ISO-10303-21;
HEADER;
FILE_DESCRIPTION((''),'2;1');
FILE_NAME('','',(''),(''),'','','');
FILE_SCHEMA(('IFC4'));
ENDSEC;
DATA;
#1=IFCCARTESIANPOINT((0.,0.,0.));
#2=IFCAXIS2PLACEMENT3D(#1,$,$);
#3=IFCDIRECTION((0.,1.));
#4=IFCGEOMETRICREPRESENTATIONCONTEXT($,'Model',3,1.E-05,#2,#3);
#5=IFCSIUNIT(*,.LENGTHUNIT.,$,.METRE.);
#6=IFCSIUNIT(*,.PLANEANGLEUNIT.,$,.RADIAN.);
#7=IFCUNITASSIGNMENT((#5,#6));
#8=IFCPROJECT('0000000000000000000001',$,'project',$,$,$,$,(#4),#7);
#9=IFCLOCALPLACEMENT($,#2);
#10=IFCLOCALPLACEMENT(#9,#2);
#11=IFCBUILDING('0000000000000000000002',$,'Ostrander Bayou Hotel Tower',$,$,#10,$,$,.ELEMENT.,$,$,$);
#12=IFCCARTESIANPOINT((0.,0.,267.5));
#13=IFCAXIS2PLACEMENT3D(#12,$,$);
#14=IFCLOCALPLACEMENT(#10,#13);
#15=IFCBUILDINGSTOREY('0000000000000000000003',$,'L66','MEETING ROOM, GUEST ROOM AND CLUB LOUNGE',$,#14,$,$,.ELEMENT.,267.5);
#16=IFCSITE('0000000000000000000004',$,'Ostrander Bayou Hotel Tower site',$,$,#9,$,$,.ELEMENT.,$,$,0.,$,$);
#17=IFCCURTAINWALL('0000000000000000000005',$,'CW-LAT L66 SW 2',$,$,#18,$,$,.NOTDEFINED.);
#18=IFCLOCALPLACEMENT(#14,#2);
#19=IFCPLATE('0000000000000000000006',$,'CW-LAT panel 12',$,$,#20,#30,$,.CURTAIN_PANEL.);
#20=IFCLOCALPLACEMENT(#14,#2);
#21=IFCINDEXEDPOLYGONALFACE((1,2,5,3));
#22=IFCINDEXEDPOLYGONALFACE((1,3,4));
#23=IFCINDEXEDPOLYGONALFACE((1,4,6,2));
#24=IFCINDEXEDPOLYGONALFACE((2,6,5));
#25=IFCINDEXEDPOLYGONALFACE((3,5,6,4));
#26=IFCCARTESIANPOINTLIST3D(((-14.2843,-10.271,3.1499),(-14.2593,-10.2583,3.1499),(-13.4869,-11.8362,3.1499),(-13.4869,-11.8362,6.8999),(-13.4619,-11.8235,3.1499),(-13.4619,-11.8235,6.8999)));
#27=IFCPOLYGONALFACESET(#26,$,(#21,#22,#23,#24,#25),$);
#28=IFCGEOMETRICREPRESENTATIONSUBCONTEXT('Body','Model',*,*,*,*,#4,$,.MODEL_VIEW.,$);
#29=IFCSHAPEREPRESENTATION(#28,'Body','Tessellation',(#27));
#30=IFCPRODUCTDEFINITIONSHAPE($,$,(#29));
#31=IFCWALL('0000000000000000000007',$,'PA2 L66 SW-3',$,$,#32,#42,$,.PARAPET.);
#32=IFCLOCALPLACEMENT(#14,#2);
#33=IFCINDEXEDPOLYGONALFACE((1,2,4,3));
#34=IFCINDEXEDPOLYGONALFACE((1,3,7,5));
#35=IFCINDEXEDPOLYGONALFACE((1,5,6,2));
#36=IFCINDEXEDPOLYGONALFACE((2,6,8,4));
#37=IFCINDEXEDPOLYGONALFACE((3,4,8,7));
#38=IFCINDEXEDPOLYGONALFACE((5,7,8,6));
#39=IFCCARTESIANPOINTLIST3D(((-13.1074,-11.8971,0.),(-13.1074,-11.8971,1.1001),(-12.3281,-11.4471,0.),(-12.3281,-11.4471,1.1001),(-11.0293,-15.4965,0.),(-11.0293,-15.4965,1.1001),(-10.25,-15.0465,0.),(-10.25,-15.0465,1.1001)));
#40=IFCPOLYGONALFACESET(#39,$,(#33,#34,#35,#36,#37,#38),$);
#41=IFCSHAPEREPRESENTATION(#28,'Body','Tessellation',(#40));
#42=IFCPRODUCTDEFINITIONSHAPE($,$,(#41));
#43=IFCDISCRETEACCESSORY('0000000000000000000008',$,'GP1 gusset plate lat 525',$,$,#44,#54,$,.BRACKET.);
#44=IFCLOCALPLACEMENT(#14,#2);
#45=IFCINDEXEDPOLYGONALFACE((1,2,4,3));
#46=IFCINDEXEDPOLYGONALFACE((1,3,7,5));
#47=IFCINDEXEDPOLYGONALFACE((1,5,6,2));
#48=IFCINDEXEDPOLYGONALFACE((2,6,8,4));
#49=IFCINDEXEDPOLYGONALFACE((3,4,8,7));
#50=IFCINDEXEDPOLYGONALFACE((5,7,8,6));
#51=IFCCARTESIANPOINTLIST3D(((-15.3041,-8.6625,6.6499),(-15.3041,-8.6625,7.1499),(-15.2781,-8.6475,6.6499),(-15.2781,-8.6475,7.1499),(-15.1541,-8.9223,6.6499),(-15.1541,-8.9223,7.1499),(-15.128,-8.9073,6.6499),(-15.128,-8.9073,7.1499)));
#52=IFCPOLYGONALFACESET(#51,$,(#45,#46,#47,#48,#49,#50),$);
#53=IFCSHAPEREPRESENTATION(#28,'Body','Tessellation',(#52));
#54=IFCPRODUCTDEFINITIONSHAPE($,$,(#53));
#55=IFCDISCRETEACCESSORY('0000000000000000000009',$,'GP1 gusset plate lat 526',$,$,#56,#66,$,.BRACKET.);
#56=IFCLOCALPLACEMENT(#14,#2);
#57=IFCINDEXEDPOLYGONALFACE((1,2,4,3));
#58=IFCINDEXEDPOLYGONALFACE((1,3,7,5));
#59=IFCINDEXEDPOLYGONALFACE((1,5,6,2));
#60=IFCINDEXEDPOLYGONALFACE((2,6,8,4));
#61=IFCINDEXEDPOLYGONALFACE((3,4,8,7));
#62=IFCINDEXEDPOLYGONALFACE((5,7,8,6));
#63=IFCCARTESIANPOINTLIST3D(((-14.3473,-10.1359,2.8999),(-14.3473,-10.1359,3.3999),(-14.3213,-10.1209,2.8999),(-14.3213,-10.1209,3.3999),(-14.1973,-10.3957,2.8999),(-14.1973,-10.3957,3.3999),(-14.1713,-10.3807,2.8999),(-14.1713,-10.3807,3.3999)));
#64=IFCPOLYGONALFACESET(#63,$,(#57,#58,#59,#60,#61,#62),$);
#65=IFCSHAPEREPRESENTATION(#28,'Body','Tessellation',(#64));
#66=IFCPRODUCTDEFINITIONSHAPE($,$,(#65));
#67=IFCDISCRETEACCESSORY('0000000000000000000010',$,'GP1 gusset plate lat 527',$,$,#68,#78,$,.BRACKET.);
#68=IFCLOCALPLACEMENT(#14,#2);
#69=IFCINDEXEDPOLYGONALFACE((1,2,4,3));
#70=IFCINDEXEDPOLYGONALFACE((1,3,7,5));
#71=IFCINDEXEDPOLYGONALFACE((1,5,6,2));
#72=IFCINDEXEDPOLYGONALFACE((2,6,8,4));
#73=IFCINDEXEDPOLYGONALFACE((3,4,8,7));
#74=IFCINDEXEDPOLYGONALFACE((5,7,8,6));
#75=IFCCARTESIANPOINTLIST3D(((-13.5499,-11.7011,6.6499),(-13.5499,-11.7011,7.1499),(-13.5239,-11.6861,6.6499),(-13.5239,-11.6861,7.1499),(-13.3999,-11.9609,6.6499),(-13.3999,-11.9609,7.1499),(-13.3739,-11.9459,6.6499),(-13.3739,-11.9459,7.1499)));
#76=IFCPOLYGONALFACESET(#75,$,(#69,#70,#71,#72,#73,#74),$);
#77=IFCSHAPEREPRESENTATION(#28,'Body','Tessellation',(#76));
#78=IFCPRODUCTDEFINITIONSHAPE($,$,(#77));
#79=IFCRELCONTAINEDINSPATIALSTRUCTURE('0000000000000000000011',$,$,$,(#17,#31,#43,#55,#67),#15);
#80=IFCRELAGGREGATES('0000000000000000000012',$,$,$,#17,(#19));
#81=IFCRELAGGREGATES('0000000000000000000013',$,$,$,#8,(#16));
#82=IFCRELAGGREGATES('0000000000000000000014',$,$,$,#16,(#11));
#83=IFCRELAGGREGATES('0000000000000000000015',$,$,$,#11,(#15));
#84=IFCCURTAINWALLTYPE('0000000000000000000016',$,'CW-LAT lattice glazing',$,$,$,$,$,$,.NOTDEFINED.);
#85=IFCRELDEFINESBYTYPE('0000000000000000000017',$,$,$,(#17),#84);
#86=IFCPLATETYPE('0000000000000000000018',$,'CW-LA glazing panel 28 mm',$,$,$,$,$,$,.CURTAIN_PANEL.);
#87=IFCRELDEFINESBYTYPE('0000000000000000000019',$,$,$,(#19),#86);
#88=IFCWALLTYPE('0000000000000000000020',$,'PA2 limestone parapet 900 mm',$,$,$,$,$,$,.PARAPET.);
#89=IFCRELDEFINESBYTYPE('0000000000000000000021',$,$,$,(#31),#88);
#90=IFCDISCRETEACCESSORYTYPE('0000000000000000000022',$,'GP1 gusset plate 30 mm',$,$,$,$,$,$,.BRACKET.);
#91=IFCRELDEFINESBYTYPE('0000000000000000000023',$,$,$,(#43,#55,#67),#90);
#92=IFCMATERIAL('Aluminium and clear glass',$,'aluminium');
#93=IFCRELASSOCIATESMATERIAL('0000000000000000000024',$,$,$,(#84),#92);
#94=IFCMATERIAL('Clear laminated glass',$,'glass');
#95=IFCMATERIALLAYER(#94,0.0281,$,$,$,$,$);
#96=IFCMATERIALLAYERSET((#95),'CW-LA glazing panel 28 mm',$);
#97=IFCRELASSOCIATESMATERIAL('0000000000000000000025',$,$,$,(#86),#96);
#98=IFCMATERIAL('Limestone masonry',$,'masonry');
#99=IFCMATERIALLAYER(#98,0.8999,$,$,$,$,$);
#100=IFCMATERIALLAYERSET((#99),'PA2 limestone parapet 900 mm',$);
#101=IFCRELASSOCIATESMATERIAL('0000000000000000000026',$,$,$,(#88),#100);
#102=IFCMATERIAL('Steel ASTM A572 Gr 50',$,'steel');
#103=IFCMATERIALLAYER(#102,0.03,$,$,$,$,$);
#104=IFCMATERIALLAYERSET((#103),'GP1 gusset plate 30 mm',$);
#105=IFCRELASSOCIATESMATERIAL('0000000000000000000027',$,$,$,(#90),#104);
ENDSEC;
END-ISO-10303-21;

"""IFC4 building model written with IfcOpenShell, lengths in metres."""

from ifc_helpers import new_model, si_unit, direction, frame, frame_2d, origin, origin_2d, place, context, subcontext, project, spatial, polyline, rectangle, outline, extrude, material, layer, layer_set, type_object, element, aggregate, save


model = new_model("IFC4")

# Units and contexts
model_context = context("Model", 3, precision=1e-05, world=origin(), true_north=direction((0.0, 1.0)))
body_context = subcontext(model_context, "Body", "Model", "MODEL_VIEW")
ifc_project = project(units=[si_unit("LENGTHUNIT", "METRE"), si_unit("PLANEANGLEUNIT", "RADIAN")], contexts=[model_context])

# Site, building, storey
site_placement = place(None, origin())
site = spatial("IfcSite", under=ifc_project, at=site_placement, Name="Ostrander Bayou Hotel Tower site", CompositionType="ELEMENT", RefElevation=0.0)
building_placement = place(site_placement, origin())
building = spatial("IfcBuilding", under=site, at=building_placement, Name="Ostrander Bayou Hotel Tower", CompositionType="ELEMENT")
storey_placement = place(building_placement, frame((0.0, 0.0, 267.5)))
storey = spatial("IfcBuildingStorey", under=building, at=storey_placement, Name="L66", Description="MEETING ROOM, GUEST ROOM AND CLUB LOUNGE", CompositionType="ELEMENT", Elevation=267.5)

# Curtain wall
ifc_material_1 = material(Name="Aluminium and clear glass", Category="aluminium")
curtain_wall_type = type_object("IfcCurtainWallType", Name="CW-LAT lattice glazing", PredefinedType="NOTDEFINED", material=ifc_material_1)
curtain_wall_1_placement = place(storey_placement, origin())
curtain_wall_1 = element("IfcCurtainWall", 1, at=curtain_wall_1_placement, inside=storey, type_object=curtain_wall_type, Name="CW-LAT L66 SW 2", PredefinedType="NOTDEFINED")

# Shared definitions
ifc_material_2 = material(Name="Clear laminated glass", Category="glass")
ifc_layer_1 = layer(ifc_material_2, 0.0281)
ifc_layer_set_1 = layer_set([ifc_layer_1], Name="CW-LA glazing panel 28 mm")
plate_type = type_object("IfcPlateType", Name="CW-LA glazing panel 28 mm", PredefinedType="CURTAIN_PANEL", material=ifc_layer_set_1)

# Plate
plate_1_placement = place(storey_placement, frame((-14.2593, -10.2583, 3.1499), z_axis=(0.891038, 0.453928, 0.0), x_axis=(0.192552, -0.37797, 0.905573)))
plate_1 = element("IfcPlate", 2, at=plate_1_placement, type_object=plate_type, Name="CW-LAT panel 12", PredefinedType="CURTAIN_PANEL", context=body_context, shape_type="SweptSolid", body=[
    extrude(outline(polyline([(0.0, 0.0), (4.141, 0.0), (0.7451, 1.5907), (0.0, 0.0)])), origin(), (0.0, 0.0, -1.0), 0.0281),
])
aggregate(curtain_wall_1, [plate_1])

# Wall
ifc_material_3 = material(Name="Limestone masonry", Category="masonry")
ifc_layer_2 = layer(ifc_material_3, 0.8999)
ifc_layer_set_2 = layer_set([ifc_layer_2], Name="PA2 limestone parapet 900 mm")
wall_type = type_object("IfcWallType", Name="PA2 limestone parapet 900 mm", PredefinedType="PARAPET", material=ifc_layer_set_2)
wall_placement = place(storey_placement, frame((-12.7178, -11.6721, 0.0), z_axis=(0.0, 0.0, 1.0), x_axis=(0.500006, -0.866022, 0.0)))
element("IfcWall", 3, at=wall_placement, inside=storey, type_object=wall_type, Name="PA2 L66 SW-3", PredefinedType="PARAPET", context=body_context, shape_type="SweptSolid", body=[
    extrude(rectangle(XDim=4.1562, YDim=0.8999, at=frame_2d((2.0781, 0.0))), origin(), (0.0, 0.0, 1.0), 1.1001),
])

# Discrete accessories
ifc_material_4 = material(Name="Steel ASTM A572 Gr 50", Category="steel")
ifc_layer_3 = layer(ifc_material_4, 0.03)
ifc_layer_set_3 = layer_set([ifc_layer_3], Name="GP1 gusset plate 30 mm")
discrete_accessory_type = type_object("IfcDiscreteAccessoryType", Name="GP1 gusset plate 30 mm", PredefinedType="BRACKET", material=ifc_layer_set_3)
for number, where, z_axis, x_axis, name in (
    (4, (-15.2161, -8.7849, 6.6499), (0.0, 0.0, 1.0), (0.5, -0.866025, 0.0), "GP1 gusset plate lat 525"),
    (5, (-14.2593, -10.2583, 2.8999), (0.0, 0.0, 1.0), (0.5, -0.866025, 0.0), "GP1 gusset plate lat 526"),
    (6, (-13.4619, -11.8235, 6.6499), (0.0, 0.0, 1.0), (0.5, -0.866025, 0.0), "GP1 gusset plate lat 527"),
):
    element("IfcDiscreteAccessory", number, at=place(storey_placement, frame(where, z_axis=z_axis, x_axis=x_axis)), inside=storey, type_object=discrete_accessory_type, Name=name, PredefinedType="BRACKET", context=body_context, shape_type="SweptSolid", body=[
        extrude(rectangle(XDim=0.3, YDim=0.03, at=origin_2d()), origin(), (0.0, 0.0, 1.0), 0.5),
    ])

save(model, "model.ifc")
